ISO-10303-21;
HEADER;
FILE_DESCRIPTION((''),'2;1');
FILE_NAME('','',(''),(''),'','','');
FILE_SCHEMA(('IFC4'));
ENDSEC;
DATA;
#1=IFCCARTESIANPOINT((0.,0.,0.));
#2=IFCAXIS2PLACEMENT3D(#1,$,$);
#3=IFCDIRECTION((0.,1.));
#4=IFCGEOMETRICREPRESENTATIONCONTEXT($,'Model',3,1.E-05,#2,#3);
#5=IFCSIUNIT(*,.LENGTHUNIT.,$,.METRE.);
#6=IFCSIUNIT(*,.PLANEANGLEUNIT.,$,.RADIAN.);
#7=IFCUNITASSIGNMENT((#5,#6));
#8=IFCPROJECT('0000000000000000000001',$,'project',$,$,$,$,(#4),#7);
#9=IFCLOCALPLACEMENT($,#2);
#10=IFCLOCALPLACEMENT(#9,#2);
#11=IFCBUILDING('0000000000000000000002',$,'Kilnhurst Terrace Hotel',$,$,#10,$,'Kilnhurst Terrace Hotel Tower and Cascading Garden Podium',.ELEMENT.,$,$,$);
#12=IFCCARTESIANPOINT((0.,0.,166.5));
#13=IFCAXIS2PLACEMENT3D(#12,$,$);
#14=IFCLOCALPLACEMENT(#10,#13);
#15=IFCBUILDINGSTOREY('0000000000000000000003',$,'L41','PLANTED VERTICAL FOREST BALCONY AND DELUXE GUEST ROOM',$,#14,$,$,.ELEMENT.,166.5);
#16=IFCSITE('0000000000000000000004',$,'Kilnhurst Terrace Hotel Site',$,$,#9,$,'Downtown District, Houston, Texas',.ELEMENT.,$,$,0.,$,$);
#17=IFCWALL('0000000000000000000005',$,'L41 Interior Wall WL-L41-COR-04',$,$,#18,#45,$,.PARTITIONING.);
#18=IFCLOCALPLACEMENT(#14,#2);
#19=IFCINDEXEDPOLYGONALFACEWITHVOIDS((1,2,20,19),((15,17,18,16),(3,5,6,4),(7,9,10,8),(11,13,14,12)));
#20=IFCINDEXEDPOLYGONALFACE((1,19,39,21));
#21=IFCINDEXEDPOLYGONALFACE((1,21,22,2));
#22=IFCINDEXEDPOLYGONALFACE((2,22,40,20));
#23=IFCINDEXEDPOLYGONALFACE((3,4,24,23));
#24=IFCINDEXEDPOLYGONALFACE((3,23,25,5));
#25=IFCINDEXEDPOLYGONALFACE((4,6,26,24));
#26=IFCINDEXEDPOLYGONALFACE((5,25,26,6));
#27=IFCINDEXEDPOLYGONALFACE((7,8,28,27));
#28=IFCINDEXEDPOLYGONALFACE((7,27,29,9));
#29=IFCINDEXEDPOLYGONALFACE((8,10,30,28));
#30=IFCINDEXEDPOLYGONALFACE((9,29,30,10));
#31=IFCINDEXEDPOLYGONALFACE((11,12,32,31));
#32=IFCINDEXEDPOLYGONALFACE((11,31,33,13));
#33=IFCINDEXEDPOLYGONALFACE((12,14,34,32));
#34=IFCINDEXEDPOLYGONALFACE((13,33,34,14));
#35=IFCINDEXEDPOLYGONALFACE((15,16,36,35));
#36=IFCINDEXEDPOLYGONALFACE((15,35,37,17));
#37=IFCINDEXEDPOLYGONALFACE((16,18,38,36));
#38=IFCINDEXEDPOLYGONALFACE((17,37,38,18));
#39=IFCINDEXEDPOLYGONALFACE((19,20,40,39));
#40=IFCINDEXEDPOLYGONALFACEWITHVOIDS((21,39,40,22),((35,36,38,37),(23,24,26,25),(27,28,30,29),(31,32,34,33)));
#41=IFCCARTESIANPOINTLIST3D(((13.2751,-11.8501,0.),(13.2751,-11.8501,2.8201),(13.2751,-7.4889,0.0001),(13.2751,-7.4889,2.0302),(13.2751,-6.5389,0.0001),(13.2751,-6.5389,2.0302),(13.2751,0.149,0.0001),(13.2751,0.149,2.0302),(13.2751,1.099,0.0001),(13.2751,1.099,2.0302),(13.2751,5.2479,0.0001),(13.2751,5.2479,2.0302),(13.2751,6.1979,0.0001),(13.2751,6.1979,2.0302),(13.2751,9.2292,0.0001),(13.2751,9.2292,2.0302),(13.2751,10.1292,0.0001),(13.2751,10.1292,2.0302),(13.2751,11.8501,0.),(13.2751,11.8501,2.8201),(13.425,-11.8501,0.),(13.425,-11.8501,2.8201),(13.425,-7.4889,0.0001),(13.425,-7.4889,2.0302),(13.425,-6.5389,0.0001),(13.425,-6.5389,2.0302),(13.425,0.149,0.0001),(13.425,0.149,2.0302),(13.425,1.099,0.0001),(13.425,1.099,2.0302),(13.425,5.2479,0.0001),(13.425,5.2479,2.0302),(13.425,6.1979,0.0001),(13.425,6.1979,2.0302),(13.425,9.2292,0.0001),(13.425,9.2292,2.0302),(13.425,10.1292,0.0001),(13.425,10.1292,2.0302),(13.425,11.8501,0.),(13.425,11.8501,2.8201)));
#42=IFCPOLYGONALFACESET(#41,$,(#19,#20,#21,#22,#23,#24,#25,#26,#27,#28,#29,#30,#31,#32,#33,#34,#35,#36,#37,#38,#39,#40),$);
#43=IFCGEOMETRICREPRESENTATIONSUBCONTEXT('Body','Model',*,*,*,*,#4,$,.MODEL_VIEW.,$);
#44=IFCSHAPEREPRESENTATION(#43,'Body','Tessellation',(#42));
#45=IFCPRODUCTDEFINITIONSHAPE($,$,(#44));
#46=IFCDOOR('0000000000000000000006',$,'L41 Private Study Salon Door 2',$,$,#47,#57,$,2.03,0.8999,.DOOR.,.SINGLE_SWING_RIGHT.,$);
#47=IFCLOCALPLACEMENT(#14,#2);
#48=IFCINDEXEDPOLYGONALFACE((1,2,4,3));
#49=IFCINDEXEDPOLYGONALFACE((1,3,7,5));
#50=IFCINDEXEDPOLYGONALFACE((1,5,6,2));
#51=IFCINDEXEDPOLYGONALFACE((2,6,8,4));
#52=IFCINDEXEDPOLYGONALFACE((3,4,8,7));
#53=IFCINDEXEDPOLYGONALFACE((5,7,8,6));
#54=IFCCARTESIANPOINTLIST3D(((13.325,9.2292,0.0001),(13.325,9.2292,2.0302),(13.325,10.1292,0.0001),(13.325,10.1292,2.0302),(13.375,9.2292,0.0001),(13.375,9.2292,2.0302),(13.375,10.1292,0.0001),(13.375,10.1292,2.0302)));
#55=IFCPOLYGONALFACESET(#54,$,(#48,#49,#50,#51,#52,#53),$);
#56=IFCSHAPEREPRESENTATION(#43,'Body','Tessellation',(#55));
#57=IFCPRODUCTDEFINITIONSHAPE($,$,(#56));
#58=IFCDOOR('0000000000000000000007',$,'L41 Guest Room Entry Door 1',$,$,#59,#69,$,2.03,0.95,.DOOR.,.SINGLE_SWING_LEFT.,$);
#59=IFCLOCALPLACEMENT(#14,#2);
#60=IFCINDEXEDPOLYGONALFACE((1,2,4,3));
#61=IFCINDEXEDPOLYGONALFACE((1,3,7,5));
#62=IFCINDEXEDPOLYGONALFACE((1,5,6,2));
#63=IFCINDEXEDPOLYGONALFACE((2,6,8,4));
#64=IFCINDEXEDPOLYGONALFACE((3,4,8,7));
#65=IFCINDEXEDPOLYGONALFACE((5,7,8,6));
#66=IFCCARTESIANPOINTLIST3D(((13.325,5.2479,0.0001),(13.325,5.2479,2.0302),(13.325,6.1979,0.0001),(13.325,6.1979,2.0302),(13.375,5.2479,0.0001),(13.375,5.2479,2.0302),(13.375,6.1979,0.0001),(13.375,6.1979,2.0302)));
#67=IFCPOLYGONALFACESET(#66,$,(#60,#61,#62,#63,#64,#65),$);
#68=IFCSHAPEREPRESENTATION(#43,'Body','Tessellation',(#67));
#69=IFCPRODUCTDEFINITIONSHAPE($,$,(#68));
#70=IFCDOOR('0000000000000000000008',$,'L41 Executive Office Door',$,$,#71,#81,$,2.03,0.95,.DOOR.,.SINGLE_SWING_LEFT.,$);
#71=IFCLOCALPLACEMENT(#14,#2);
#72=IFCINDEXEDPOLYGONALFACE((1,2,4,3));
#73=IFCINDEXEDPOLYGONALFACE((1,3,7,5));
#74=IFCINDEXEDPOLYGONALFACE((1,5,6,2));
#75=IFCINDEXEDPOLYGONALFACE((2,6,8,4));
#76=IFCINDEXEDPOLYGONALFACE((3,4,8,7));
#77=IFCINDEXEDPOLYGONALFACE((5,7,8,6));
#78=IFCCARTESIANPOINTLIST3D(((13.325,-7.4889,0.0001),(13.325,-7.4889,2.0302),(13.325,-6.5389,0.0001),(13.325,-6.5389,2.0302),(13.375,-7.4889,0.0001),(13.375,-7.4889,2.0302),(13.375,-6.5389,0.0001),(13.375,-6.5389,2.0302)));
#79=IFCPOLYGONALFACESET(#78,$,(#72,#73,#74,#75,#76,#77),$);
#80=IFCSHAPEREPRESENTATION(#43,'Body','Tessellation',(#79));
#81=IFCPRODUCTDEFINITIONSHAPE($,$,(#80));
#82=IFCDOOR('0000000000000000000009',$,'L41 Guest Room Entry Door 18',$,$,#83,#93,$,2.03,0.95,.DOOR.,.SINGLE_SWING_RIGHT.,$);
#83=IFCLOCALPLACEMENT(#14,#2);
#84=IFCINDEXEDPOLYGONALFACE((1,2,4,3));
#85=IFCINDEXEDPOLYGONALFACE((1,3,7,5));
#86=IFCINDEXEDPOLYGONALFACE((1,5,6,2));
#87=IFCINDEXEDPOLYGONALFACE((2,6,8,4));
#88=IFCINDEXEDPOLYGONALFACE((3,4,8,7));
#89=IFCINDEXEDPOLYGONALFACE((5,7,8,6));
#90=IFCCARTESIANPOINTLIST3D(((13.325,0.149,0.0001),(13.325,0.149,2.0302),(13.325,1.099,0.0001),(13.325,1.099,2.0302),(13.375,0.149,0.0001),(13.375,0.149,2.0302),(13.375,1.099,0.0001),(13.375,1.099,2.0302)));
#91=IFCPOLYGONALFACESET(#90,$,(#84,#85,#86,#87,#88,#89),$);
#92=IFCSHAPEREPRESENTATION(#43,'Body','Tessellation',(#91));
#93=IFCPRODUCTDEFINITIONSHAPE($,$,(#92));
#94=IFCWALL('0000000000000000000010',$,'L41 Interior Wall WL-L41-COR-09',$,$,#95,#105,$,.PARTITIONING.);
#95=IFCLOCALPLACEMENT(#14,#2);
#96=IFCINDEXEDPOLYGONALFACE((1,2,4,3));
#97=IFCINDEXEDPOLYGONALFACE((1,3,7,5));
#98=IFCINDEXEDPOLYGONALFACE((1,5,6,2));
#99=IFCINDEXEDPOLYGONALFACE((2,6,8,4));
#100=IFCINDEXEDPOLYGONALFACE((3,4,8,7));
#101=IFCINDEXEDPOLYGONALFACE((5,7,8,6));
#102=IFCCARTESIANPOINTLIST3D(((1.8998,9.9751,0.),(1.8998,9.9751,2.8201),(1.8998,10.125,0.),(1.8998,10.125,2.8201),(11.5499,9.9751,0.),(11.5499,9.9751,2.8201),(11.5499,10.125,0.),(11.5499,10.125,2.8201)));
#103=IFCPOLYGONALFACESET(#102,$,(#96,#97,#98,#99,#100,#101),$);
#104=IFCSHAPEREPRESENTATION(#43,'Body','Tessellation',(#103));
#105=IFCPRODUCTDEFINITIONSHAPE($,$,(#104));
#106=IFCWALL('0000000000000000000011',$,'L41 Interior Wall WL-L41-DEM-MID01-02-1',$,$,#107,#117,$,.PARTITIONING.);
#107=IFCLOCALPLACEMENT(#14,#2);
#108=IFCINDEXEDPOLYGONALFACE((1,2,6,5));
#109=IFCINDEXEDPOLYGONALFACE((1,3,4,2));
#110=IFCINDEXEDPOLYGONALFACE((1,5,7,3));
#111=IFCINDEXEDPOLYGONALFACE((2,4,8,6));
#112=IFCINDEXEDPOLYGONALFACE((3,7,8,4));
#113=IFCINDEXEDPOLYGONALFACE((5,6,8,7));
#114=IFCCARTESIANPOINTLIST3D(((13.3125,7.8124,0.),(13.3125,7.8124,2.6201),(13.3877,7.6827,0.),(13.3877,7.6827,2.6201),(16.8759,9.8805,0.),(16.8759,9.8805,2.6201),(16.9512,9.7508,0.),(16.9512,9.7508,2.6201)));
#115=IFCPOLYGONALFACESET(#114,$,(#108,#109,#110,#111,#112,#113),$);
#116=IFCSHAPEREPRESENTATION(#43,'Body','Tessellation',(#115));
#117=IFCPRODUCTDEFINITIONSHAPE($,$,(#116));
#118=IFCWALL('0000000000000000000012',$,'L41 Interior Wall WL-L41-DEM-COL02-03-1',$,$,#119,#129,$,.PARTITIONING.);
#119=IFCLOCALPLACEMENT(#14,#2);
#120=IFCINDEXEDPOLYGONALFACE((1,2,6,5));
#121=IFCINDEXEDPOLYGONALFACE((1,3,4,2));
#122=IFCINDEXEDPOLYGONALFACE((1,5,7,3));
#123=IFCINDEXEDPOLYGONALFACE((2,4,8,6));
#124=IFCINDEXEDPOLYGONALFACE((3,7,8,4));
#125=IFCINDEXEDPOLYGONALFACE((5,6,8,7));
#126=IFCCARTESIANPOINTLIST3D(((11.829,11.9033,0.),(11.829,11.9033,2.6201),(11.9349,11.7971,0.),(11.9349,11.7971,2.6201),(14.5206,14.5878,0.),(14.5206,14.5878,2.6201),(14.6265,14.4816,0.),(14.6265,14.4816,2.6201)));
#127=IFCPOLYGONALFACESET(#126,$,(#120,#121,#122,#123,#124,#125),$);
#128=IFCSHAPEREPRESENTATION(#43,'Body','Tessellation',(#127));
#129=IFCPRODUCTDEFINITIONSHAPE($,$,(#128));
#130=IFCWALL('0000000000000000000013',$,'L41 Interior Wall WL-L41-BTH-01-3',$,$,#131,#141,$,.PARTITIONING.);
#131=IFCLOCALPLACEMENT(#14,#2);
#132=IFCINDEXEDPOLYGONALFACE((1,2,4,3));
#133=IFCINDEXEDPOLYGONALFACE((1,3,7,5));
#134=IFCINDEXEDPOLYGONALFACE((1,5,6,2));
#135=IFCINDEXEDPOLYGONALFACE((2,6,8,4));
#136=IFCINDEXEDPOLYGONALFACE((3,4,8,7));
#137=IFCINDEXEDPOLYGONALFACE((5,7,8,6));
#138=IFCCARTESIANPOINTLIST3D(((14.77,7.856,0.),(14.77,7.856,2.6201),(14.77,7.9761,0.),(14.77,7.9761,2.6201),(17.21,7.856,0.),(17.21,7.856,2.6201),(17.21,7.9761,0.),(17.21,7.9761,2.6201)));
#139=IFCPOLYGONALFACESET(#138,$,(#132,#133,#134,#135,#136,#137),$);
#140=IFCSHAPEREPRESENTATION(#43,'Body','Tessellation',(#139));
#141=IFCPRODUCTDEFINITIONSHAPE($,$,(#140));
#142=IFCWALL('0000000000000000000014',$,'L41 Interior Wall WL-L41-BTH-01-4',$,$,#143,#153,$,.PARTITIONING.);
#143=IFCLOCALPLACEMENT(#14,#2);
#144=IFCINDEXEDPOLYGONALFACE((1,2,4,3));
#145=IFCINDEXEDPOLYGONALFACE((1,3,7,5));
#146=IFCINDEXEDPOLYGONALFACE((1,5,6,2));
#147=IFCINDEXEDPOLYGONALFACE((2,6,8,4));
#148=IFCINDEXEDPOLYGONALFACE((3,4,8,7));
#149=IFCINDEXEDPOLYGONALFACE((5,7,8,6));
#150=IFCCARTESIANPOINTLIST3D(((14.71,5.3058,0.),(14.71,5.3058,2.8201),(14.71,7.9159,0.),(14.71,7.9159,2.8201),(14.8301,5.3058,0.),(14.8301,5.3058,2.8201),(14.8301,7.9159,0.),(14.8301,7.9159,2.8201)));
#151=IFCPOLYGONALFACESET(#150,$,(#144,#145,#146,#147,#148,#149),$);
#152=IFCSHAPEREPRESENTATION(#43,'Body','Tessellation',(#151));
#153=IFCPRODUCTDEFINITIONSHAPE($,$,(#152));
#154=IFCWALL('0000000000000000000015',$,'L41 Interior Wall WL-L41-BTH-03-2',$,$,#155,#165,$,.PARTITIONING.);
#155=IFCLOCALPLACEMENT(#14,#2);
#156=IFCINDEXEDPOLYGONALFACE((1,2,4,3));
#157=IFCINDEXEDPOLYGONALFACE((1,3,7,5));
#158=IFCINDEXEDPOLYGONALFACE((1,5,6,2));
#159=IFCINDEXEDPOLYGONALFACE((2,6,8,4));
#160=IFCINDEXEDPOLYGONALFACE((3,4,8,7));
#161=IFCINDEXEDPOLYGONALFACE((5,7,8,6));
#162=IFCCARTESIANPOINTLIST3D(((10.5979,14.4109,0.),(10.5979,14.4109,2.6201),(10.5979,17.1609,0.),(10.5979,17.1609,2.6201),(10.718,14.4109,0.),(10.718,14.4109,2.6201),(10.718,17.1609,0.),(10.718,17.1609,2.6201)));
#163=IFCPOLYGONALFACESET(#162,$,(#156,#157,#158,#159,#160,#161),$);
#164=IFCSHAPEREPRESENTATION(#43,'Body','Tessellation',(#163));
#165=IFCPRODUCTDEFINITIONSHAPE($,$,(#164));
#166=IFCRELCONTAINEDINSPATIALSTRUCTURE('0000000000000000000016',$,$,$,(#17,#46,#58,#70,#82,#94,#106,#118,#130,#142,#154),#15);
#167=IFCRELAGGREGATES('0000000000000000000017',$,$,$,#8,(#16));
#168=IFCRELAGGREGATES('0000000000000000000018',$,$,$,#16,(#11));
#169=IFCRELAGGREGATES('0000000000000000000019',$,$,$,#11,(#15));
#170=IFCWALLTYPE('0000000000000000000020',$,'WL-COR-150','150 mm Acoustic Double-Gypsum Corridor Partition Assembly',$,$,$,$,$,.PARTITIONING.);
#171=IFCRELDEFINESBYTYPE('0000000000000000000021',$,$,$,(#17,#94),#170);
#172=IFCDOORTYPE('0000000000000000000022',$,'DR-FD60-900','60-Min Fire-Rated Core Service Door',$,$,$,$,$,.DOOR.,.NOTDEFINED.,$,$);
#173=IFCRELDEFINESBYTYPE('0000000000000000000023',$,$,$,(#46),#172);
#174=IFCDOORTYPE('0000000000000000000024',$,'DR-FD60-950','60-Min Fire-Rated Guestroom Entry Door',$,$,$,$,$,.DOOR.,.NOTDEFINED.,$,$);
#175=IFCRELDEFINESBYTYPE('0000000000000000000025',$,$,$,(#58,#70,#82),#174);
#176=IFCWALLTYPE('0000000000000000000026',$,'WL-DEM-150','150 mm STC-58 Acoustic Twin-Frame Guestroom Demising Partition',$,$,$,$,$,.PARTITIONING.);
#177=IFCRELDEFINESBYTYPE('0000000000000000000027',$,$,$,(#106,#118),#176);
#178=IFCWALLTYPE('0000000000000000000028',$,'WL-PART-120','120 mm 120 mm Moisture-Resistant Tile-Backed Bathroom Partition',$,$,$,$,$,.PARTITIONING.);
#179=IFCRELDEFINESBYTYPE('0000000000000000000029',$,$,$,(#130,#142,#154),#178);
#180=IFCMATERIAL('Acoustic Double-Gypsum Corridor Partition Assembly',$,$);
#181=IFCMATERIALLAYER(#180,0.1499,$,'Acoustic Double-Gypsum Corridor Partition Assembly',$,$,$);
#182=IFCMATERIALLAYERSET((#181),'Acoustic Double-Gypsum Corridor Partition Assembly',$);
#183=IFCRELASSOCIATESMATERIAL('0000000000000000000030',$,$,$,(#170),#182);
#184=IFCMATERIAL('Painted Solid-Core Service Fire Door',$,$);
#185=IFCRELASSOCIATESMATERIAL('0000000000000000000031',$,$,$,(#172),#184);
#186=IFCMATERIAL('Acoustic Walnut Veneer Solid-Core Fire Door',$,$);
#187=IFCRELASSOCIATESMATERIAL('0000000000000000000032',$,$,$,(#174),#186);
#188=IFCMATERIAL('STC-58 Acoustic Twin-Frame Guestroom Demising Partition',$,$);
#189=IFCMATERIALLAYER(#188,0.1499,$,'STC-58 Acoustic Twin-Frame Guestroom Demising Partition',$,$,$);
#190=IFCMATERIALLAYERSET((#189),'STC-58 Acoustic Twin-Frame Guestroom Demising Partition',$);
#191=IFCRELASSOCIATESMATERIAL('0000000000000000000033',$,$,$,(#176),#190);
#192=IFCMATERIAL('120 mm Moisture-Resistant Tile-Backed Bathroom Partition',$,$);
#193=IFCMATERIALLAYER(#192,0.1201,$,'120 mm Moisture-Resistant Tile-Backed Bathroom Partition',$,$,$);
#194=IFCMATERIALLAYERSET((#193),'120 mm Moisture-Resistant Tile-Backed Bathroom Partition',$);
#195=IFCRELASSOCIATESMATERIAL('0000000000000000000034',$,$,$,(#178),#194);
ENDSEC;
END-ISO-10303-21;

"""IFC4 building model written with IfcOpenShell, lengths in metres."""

from ifc_helpers import new_model, si_unit, direction, frame, frame_2d, origin, place, context, subcontext, project, spatial, rectangle, extrude, material, layer, layer_set, type_object, element, fill, save


model = new_model("IFC4")

# Units and contexts
model_context = context("Model", 3, precision=1e-05, world=origin(), true_north=direction((0.0, 1.0)))
body_context = subcontext(model_context, "Body", "Model", "MODEL_VIEW")
ifc_project = project(units=[si_unit("LENGTHUNIT", "METRE"), si_unit("PLANEANGLEUNIT", "RADIAN")], contexts=[model_context])

# Site, building, storey
site_placement = place(None, origin())
site = spatial("IfcSite", under=ifc_project, at=site_placement, Name="Kilnhurst Terrace Hotel Site", LongName="Downtown District, Houston, Texas", CompositionType="ELEMENT", RefElevation=0.0)
building_placement = place(site_placement, origin())
building = spatial("IfcBuilding", under=site, at=building_placement, Name="Kilnhurst Terrace Hotel", LongName="Kilnhurst Terrace Hotel Tower and Cascading Garden Podium", CompositionType="ELEMENT")
storey_placement = place(building_placement, frame((0.0, 0.0, 166.5)))
storey = spatial("IfcBuildingStorey", under=building, at=storey_placement, Name="L41", Description="PLANTED VERTICAL FOREST BALCONY AND DELUXE GUEST ROOM", CompositionType="ELEMENT", Elevation=166.5)

# Wall, openings, doors
ifc_material_1 = material(Name="Acoustic Double-Gypsum Corridor Partition Assembly")
ifc_layer_1 = layer(ifc_material_1, 0.1499, Name="Acoustic Double-Gypsum Corridor Partition Assembly")
ifc_layer_set_1 = layer_set([ifc_layer_1], Name="Acoustic Double-Gypsum Corridor Partition Assembly")
wall_type_1 = type_object("IfcWallType", Name="WL-COR-150", Description="150 mm Acoustic Double-Gypsum Corridor Partition Assembly", PredefinedType="PARTITIONING", material=ifc_layer_set_1)
wall_1_placement = place(storey_placement, frame((13.3501, 11.8501, 0.0), z_axis=(0.0, 0.0, 1.0), x_axis=(0.0, -1.0, 0.0)))
wall_1 = element("IfcWall", 1, at=wall_1_placement, inside=storey, type_object=wall_type_1, Name="L41 Interior Wall WL-L41-COR-04", PredefinedType="PARTITIONING", context=body_context, shape_type="SweptSolid", body=[
    extrude(rectangle(XDim=23.7002, YDim=0.1499, at=frame_2d((11.8501, 0.0))), origin(), (0.0, 0.0, 1.0), 2.8201),
])
opening_1_placement = place(wall_1_placement, frame((5.6521, 0.0, 0.0)))
opening_1 = element("IfcOpeningElement", 2, at=opening_1_placement, cuts=wall_1, PredefinedType="OPENING", context=body_context, shape_type="SweptSolid", body=[
    extrude(rectangle(XDim=0.95, YDim=2.03, at=frame_2d((0.4751, 1.0151))), frame((0.0, 0.085, 0.0), z_axis=(0.0, -1.0, 0.0), x_axis=(1.0, 0.0, 0.0)), (0.0, 0.0, 1.0), 0.1699),
])
opening_2_placement = place(wall_1_placement, frame((1.7209, 0.0, 0.0)))
opening_2 = element("IfcOpeningElement", 3, at=opening_2_placement, cuts=wall_1, PredefinedType="OPENING", context=body_context, shape_type="SweptSolid", body=[
    extrude(rectangle(XDim=0.8999, YDim=2.03, at=frame_2d((0.45, 1.0151))), frame((0.0, 0.085, 0.0), z_axis=(0.0, -1.0, 0.0), x_axis=(1.0, 0.0, 0.0)), (0.0, 0.0, 1.0), 0.1699),
])
opening_3_placement = place(wall_1_placement, frame((18.3889, 0.0, 0.0)))
opening_3 = element("IfcOpeningElement", 4, at=opening_3_placement, cuts=wall_1, PredefinedType="OPENING", context=body_context, shape_type="SweptSolid", body=[
    extrude(rectangle(XDim=0.95, YDim=2.03, at=frame_2d((0.4751, 1.0151))), frame((0.0, 0.085, 0.0), z_axis=(0.0, -1.0, 0.0), x_axis=(1.0, 0.0, 0.0)), (0.0, 0.0, 1.0), 0.1699),
])
opening_4_placement = place(wall_1_placement, frame((10.751, 0.0, 0.0)))
opening_4 = element("IfcOpeningElement", 5, at=opening_4_placement, cuts=wall_1, PredefinedType="OPENING", context=body_context, shape_type="SweptSolid", body=[
    extrude(rectangle(XDim=0.95, YDim=2.03, at=frame_2d((0.4751, 1.0151))), frame((0.0, 0.085, 0.0), z_axis=(0.0, -1.0, 0.0), x_axis=(1.0, 0.0, 0.0)), (0.0, 0.0, 1.0), 0.1699),
])
ifc_material_2 = material(Name="Painted Solid-Core Service Fire Door")
door_type_1 = type_object("IfcDoorType", Name="DR-FD60-900", Description="60-Min Fire-Rated Core Service Door", OperationType="NOTDEFINED", PredefinedType="DOOR", material=ifc_material_2)
door_1_placement = place(opening_2_placement, origin())
door_1 = element("IfcDoor", 6, at=door_1_placement, inside=storey, type_object=door_type_1, Name="L41 Private Study Salon Door 2", OperationType="SINGLE_SWING_RIGHT", OverallHeight=2.03, OverallWidth=0.8999, PredefinedType="DOOR", context=body_context, shape_type="SweptSolid", body=[
    extrude(rectangle(XDim=0.8999, YDim=2.03, at=frame_2d((0.45, 1.0151))), frame((0.0, 0.0249, 0.0), z_axis=(0.0, -1.0, 0.0), x_axis=(1.0, 0.0, 0.0)), (0.0, 0.0, 1.0), 0.05),
])
fill(opening_2, door_1)
ifc_material_3 = material(Name="Acoustic Walnut Veneer Solid-Core Fire Door")
door_type_2 = type_object("IfcDoorType", Name="DR-FD60-950", Description="60-Min Fire-Rated Guestroom Entry Door", OperationType="NOTDEFINED", PredefinedType="DOOR", material=ifc_material_3)
door_2_placement = place(opening_1_placement, origin())
door_2 = element("IfcDoor", 7, at=door_2_placement, inside=storey, type_object=door_type_2, Name="L41 Guest Room Entry Door 1", OperationType="SINGLE_SWING_LEFT", OverallHeight=2.03, OverallWidth=0.95, PredefinedType="DOOR", context=body_context, shape_type="SweptSolid", body=[
    extrude(rectangle(XDim=0.95, YDim=2.03, at=frame_2d((0.4751, 1.0151))), frame((0.0, 0.0249, 0.0), z_axis=(0.0, -1.0, 0.0), x_axis=(1.0, 0.0, 0.0)), (0.0, 0.0, 1.0), 0.05),
])
fill(opening_1, door_2)
door_3_placement = place(opening_3_placement, origin())
door_3 = element("IfcDoor", 8, at=door_3_placement, inside=storey, type_object=door_type_2, Name="L41 Executive Office Door", OperationType="SINGLE_SWING_LEFT", OverallHeight=2.03, OverallWidth=0.95, PredefinedType="DOOR", context=body_context, shape_type="SweptSolid", body=[
    extrude(rectangle(XDim=0.95, YDim=2.03, at=frame_2d((0.4751, 1.0151))), frame((0.0, 0.0249, 0.0), z_axis=(0.0, -1.0, 0.0), x_axis=(1.0, 0.0, 0.0)), (0.0, 0.0, 1.0), 0.05),
])
fill(opening_3, door_3)
door_4_placement = place(opening_4_placement, origin())
door_4 = element("IfcDoor", 9, at=door_4_placement, inside=storey, type_object=door_type_2, Name="L41 Guest Room Entry Door 18", OperationType="SINGLE_SWING_RIGHT", OverallHeight=2.03, OverallWidth=0.95, PredefinedType="DOOR", context=body_context, shape_type="SweptSolid", body=[
    extrude(rectangle(XDim=0.95, YDim=2.03, at=frame_2d((0.4751, 1.0151))), frame((0.0, 0.0249, 0.0), z_axis=(0.0, -1.0, 0.0), x_axis=(1.0, 0.0, 0.0)), (0.0, 0.0, 1.0), 0.05),
])
fill(opening_4, door_4)

# Walls
wall_2_placement = place(storey_placement, frame((11.55, 10.05, 0.0), z_axis=(0.0, 0.0, 1.0), x_axis=(-1.0, 0.0, 0.0)))
element("IfcWall", 10, at=wall_2_placement, inside=storey, type_object=wall_type_1, Name="L41 Interior Wall WL-L41-COR-09", PredefinedType="PARTITIONING", context=body_context, shape_type="SweptSolid", body=[
    extrude(rectangle(XDim=9.6501, YDim=0.1499, at=frame_2d((4.8252, 0.0))), origin(), (0.0, 0.0, 1.0), 2.8201),
])
ifc_material_4 = material(Name="STC-58 Acoustic Twin-Frame Guestroom Demising Partition")
ifc_layer_2 = layer(ifc_material_4, 0.1499, Name="STC-58 Acoustic Twin-Frame Guestroom Demising Partition")
ifc_layer_set_2 = layer_set([ifc_layer_2], Name="STC-58 Acoustic Twin-Frame Guestroom Demising Partition")
wall_type_2 = type_object("IfcWallType", Name="WL-DEM-150", Description="150 mm STC-58 Acoustic Twin-Frame Guestroom Demising Partition", PredefinedType="PARTITIONING", material=ifc_layer_set_2)
wall_3_placement = place(storey_placement, frame((13.3501, 7.7476, 0.0), z_axis=(0.0, 0.0, 1.0), x_axis=(0.864894, 0.501954, 0.0)))
element("IfcWall", 11, at=wall_3_placement, inside=storey, type_object=wall_type_2, Name="L41 Interior Wall WL-L41-DEM-MID01-02-1", PredefinedType="PARTITIONING", context=body_context, shape_type="SweptSolid", body=[
    extrude(rectangle(XDim=4.1201, YDim=0.1499, at=frame_2d((2.0601, 0.0))), origin(), (0.0, 0.0, 1.0), 2.6201),
])
wall_4_placement = place(storey_placement, frame((11.8818, 11.8501, 0.0), z_axis=(0.0, 0.0, 1.0), x_axis=(0.708037, 0.706175, 0.0)))
element("IfcWall", 12, at=wall_4_placement, inside=storey, type_object=wall_type_2, Name="L41 Interior Wall WL-L41-DEM-COL02-03-1", PredefinedType="PARTITIONING", context=body_context, shape_type="SweptSolid", body=[
    extrude(rectangle(XDim=3.8015, YDim=0.1499, at=frame_2d((1.9009, 0.0))), origin(), (0.0, 0.0, 1.0), 2.6201),
])
ifc_material_5 = material(Name="120 mm Moisture-Resistant Tile-Backed Bathroom Partition")
ifc_layer_3 = layer(ifc_material_5, 0.1201, Name="120 mm Moisture-Resistant Tile-Backed Bathroom Partition")
ifc_layer_set_3 = layer_set([ifc_layer_3], Name="120 mm Moisture-Resistant Tile-Backed Bathroom Partition")
wall_type_3 = type_object("IfcWallType", Name="WL-PART-120", Description="120 mm 120 mm Moisture-Resistant Tile-Backed Bathroom Partition", PredefinedType="PARTITIONING", material=ifc_layer_set_3)
wall_5_placement = place(storey_placement, frame((17.21, 7.916, 0.0), z_axis=(0.0, 0.0, 1.0), x_axis=(-1.0, 0.0, 0.0)))
element("IfcWall", 13, at=wall_5_placement, inside=storey, type_object=wall_type_3, Name="L41 Interior Wall WL-L41-BTH-01-3", PredefinedType="PARTITIONING", context=body_context, shape_type="SweptSolid", body=[
    extrude(rectangle(XDim=2.4399, YDim=0.1201, at=frame_2d((1.22, 0.0))), origin(), (0.0, 0.0, 1.0), 2.6201),
])
wall_6_placement = place(storey_placement, frame((14.77, 7.916, 0.0), z_axis=(0.0, 0.0, 1.0), x_axis=(0.0, -1.0, 0.0)))
element("IfcWall", 14, at=wall_6_placement, inside=storey, type_object=wall_type_3, Name="L41 Interior Wall WL-L41-BTH-01-4", PredefinedType="PARTITIONING", context=body_context, shape_type="SweptSolid", body=[
    extrude(rectangle(XDim=2.6101, YDim=0.1201, at=frame_2d((1.3052, 0.0))), origin(), (0.0, 0.0, 1.0), 2.8201),
])
wall_7_placement = place(storey_placement, frame((10.658, 14.4109, 0.0), z_axis=(0.0, 0.0, 1.0), x_axis=(0.0, 1.0, 0.0)))
element("IfcWall", 15, at=wall_7_placement, inside=storey, type_object=wall_type_3, Name="L41 Interior Wall WL-L41-BTH-03-2", PredefinedType="PARTITIONING", context=body_context, shape_type="SweptSolid", body=[
    extrude(rectangle(XDim=2.75, YDim=0.1201, at=frame_2d((1.375, 0.0))), origin(), (0.0, 0.0, 1.0), 2.6201),
])

save(model, "model.ifc")
